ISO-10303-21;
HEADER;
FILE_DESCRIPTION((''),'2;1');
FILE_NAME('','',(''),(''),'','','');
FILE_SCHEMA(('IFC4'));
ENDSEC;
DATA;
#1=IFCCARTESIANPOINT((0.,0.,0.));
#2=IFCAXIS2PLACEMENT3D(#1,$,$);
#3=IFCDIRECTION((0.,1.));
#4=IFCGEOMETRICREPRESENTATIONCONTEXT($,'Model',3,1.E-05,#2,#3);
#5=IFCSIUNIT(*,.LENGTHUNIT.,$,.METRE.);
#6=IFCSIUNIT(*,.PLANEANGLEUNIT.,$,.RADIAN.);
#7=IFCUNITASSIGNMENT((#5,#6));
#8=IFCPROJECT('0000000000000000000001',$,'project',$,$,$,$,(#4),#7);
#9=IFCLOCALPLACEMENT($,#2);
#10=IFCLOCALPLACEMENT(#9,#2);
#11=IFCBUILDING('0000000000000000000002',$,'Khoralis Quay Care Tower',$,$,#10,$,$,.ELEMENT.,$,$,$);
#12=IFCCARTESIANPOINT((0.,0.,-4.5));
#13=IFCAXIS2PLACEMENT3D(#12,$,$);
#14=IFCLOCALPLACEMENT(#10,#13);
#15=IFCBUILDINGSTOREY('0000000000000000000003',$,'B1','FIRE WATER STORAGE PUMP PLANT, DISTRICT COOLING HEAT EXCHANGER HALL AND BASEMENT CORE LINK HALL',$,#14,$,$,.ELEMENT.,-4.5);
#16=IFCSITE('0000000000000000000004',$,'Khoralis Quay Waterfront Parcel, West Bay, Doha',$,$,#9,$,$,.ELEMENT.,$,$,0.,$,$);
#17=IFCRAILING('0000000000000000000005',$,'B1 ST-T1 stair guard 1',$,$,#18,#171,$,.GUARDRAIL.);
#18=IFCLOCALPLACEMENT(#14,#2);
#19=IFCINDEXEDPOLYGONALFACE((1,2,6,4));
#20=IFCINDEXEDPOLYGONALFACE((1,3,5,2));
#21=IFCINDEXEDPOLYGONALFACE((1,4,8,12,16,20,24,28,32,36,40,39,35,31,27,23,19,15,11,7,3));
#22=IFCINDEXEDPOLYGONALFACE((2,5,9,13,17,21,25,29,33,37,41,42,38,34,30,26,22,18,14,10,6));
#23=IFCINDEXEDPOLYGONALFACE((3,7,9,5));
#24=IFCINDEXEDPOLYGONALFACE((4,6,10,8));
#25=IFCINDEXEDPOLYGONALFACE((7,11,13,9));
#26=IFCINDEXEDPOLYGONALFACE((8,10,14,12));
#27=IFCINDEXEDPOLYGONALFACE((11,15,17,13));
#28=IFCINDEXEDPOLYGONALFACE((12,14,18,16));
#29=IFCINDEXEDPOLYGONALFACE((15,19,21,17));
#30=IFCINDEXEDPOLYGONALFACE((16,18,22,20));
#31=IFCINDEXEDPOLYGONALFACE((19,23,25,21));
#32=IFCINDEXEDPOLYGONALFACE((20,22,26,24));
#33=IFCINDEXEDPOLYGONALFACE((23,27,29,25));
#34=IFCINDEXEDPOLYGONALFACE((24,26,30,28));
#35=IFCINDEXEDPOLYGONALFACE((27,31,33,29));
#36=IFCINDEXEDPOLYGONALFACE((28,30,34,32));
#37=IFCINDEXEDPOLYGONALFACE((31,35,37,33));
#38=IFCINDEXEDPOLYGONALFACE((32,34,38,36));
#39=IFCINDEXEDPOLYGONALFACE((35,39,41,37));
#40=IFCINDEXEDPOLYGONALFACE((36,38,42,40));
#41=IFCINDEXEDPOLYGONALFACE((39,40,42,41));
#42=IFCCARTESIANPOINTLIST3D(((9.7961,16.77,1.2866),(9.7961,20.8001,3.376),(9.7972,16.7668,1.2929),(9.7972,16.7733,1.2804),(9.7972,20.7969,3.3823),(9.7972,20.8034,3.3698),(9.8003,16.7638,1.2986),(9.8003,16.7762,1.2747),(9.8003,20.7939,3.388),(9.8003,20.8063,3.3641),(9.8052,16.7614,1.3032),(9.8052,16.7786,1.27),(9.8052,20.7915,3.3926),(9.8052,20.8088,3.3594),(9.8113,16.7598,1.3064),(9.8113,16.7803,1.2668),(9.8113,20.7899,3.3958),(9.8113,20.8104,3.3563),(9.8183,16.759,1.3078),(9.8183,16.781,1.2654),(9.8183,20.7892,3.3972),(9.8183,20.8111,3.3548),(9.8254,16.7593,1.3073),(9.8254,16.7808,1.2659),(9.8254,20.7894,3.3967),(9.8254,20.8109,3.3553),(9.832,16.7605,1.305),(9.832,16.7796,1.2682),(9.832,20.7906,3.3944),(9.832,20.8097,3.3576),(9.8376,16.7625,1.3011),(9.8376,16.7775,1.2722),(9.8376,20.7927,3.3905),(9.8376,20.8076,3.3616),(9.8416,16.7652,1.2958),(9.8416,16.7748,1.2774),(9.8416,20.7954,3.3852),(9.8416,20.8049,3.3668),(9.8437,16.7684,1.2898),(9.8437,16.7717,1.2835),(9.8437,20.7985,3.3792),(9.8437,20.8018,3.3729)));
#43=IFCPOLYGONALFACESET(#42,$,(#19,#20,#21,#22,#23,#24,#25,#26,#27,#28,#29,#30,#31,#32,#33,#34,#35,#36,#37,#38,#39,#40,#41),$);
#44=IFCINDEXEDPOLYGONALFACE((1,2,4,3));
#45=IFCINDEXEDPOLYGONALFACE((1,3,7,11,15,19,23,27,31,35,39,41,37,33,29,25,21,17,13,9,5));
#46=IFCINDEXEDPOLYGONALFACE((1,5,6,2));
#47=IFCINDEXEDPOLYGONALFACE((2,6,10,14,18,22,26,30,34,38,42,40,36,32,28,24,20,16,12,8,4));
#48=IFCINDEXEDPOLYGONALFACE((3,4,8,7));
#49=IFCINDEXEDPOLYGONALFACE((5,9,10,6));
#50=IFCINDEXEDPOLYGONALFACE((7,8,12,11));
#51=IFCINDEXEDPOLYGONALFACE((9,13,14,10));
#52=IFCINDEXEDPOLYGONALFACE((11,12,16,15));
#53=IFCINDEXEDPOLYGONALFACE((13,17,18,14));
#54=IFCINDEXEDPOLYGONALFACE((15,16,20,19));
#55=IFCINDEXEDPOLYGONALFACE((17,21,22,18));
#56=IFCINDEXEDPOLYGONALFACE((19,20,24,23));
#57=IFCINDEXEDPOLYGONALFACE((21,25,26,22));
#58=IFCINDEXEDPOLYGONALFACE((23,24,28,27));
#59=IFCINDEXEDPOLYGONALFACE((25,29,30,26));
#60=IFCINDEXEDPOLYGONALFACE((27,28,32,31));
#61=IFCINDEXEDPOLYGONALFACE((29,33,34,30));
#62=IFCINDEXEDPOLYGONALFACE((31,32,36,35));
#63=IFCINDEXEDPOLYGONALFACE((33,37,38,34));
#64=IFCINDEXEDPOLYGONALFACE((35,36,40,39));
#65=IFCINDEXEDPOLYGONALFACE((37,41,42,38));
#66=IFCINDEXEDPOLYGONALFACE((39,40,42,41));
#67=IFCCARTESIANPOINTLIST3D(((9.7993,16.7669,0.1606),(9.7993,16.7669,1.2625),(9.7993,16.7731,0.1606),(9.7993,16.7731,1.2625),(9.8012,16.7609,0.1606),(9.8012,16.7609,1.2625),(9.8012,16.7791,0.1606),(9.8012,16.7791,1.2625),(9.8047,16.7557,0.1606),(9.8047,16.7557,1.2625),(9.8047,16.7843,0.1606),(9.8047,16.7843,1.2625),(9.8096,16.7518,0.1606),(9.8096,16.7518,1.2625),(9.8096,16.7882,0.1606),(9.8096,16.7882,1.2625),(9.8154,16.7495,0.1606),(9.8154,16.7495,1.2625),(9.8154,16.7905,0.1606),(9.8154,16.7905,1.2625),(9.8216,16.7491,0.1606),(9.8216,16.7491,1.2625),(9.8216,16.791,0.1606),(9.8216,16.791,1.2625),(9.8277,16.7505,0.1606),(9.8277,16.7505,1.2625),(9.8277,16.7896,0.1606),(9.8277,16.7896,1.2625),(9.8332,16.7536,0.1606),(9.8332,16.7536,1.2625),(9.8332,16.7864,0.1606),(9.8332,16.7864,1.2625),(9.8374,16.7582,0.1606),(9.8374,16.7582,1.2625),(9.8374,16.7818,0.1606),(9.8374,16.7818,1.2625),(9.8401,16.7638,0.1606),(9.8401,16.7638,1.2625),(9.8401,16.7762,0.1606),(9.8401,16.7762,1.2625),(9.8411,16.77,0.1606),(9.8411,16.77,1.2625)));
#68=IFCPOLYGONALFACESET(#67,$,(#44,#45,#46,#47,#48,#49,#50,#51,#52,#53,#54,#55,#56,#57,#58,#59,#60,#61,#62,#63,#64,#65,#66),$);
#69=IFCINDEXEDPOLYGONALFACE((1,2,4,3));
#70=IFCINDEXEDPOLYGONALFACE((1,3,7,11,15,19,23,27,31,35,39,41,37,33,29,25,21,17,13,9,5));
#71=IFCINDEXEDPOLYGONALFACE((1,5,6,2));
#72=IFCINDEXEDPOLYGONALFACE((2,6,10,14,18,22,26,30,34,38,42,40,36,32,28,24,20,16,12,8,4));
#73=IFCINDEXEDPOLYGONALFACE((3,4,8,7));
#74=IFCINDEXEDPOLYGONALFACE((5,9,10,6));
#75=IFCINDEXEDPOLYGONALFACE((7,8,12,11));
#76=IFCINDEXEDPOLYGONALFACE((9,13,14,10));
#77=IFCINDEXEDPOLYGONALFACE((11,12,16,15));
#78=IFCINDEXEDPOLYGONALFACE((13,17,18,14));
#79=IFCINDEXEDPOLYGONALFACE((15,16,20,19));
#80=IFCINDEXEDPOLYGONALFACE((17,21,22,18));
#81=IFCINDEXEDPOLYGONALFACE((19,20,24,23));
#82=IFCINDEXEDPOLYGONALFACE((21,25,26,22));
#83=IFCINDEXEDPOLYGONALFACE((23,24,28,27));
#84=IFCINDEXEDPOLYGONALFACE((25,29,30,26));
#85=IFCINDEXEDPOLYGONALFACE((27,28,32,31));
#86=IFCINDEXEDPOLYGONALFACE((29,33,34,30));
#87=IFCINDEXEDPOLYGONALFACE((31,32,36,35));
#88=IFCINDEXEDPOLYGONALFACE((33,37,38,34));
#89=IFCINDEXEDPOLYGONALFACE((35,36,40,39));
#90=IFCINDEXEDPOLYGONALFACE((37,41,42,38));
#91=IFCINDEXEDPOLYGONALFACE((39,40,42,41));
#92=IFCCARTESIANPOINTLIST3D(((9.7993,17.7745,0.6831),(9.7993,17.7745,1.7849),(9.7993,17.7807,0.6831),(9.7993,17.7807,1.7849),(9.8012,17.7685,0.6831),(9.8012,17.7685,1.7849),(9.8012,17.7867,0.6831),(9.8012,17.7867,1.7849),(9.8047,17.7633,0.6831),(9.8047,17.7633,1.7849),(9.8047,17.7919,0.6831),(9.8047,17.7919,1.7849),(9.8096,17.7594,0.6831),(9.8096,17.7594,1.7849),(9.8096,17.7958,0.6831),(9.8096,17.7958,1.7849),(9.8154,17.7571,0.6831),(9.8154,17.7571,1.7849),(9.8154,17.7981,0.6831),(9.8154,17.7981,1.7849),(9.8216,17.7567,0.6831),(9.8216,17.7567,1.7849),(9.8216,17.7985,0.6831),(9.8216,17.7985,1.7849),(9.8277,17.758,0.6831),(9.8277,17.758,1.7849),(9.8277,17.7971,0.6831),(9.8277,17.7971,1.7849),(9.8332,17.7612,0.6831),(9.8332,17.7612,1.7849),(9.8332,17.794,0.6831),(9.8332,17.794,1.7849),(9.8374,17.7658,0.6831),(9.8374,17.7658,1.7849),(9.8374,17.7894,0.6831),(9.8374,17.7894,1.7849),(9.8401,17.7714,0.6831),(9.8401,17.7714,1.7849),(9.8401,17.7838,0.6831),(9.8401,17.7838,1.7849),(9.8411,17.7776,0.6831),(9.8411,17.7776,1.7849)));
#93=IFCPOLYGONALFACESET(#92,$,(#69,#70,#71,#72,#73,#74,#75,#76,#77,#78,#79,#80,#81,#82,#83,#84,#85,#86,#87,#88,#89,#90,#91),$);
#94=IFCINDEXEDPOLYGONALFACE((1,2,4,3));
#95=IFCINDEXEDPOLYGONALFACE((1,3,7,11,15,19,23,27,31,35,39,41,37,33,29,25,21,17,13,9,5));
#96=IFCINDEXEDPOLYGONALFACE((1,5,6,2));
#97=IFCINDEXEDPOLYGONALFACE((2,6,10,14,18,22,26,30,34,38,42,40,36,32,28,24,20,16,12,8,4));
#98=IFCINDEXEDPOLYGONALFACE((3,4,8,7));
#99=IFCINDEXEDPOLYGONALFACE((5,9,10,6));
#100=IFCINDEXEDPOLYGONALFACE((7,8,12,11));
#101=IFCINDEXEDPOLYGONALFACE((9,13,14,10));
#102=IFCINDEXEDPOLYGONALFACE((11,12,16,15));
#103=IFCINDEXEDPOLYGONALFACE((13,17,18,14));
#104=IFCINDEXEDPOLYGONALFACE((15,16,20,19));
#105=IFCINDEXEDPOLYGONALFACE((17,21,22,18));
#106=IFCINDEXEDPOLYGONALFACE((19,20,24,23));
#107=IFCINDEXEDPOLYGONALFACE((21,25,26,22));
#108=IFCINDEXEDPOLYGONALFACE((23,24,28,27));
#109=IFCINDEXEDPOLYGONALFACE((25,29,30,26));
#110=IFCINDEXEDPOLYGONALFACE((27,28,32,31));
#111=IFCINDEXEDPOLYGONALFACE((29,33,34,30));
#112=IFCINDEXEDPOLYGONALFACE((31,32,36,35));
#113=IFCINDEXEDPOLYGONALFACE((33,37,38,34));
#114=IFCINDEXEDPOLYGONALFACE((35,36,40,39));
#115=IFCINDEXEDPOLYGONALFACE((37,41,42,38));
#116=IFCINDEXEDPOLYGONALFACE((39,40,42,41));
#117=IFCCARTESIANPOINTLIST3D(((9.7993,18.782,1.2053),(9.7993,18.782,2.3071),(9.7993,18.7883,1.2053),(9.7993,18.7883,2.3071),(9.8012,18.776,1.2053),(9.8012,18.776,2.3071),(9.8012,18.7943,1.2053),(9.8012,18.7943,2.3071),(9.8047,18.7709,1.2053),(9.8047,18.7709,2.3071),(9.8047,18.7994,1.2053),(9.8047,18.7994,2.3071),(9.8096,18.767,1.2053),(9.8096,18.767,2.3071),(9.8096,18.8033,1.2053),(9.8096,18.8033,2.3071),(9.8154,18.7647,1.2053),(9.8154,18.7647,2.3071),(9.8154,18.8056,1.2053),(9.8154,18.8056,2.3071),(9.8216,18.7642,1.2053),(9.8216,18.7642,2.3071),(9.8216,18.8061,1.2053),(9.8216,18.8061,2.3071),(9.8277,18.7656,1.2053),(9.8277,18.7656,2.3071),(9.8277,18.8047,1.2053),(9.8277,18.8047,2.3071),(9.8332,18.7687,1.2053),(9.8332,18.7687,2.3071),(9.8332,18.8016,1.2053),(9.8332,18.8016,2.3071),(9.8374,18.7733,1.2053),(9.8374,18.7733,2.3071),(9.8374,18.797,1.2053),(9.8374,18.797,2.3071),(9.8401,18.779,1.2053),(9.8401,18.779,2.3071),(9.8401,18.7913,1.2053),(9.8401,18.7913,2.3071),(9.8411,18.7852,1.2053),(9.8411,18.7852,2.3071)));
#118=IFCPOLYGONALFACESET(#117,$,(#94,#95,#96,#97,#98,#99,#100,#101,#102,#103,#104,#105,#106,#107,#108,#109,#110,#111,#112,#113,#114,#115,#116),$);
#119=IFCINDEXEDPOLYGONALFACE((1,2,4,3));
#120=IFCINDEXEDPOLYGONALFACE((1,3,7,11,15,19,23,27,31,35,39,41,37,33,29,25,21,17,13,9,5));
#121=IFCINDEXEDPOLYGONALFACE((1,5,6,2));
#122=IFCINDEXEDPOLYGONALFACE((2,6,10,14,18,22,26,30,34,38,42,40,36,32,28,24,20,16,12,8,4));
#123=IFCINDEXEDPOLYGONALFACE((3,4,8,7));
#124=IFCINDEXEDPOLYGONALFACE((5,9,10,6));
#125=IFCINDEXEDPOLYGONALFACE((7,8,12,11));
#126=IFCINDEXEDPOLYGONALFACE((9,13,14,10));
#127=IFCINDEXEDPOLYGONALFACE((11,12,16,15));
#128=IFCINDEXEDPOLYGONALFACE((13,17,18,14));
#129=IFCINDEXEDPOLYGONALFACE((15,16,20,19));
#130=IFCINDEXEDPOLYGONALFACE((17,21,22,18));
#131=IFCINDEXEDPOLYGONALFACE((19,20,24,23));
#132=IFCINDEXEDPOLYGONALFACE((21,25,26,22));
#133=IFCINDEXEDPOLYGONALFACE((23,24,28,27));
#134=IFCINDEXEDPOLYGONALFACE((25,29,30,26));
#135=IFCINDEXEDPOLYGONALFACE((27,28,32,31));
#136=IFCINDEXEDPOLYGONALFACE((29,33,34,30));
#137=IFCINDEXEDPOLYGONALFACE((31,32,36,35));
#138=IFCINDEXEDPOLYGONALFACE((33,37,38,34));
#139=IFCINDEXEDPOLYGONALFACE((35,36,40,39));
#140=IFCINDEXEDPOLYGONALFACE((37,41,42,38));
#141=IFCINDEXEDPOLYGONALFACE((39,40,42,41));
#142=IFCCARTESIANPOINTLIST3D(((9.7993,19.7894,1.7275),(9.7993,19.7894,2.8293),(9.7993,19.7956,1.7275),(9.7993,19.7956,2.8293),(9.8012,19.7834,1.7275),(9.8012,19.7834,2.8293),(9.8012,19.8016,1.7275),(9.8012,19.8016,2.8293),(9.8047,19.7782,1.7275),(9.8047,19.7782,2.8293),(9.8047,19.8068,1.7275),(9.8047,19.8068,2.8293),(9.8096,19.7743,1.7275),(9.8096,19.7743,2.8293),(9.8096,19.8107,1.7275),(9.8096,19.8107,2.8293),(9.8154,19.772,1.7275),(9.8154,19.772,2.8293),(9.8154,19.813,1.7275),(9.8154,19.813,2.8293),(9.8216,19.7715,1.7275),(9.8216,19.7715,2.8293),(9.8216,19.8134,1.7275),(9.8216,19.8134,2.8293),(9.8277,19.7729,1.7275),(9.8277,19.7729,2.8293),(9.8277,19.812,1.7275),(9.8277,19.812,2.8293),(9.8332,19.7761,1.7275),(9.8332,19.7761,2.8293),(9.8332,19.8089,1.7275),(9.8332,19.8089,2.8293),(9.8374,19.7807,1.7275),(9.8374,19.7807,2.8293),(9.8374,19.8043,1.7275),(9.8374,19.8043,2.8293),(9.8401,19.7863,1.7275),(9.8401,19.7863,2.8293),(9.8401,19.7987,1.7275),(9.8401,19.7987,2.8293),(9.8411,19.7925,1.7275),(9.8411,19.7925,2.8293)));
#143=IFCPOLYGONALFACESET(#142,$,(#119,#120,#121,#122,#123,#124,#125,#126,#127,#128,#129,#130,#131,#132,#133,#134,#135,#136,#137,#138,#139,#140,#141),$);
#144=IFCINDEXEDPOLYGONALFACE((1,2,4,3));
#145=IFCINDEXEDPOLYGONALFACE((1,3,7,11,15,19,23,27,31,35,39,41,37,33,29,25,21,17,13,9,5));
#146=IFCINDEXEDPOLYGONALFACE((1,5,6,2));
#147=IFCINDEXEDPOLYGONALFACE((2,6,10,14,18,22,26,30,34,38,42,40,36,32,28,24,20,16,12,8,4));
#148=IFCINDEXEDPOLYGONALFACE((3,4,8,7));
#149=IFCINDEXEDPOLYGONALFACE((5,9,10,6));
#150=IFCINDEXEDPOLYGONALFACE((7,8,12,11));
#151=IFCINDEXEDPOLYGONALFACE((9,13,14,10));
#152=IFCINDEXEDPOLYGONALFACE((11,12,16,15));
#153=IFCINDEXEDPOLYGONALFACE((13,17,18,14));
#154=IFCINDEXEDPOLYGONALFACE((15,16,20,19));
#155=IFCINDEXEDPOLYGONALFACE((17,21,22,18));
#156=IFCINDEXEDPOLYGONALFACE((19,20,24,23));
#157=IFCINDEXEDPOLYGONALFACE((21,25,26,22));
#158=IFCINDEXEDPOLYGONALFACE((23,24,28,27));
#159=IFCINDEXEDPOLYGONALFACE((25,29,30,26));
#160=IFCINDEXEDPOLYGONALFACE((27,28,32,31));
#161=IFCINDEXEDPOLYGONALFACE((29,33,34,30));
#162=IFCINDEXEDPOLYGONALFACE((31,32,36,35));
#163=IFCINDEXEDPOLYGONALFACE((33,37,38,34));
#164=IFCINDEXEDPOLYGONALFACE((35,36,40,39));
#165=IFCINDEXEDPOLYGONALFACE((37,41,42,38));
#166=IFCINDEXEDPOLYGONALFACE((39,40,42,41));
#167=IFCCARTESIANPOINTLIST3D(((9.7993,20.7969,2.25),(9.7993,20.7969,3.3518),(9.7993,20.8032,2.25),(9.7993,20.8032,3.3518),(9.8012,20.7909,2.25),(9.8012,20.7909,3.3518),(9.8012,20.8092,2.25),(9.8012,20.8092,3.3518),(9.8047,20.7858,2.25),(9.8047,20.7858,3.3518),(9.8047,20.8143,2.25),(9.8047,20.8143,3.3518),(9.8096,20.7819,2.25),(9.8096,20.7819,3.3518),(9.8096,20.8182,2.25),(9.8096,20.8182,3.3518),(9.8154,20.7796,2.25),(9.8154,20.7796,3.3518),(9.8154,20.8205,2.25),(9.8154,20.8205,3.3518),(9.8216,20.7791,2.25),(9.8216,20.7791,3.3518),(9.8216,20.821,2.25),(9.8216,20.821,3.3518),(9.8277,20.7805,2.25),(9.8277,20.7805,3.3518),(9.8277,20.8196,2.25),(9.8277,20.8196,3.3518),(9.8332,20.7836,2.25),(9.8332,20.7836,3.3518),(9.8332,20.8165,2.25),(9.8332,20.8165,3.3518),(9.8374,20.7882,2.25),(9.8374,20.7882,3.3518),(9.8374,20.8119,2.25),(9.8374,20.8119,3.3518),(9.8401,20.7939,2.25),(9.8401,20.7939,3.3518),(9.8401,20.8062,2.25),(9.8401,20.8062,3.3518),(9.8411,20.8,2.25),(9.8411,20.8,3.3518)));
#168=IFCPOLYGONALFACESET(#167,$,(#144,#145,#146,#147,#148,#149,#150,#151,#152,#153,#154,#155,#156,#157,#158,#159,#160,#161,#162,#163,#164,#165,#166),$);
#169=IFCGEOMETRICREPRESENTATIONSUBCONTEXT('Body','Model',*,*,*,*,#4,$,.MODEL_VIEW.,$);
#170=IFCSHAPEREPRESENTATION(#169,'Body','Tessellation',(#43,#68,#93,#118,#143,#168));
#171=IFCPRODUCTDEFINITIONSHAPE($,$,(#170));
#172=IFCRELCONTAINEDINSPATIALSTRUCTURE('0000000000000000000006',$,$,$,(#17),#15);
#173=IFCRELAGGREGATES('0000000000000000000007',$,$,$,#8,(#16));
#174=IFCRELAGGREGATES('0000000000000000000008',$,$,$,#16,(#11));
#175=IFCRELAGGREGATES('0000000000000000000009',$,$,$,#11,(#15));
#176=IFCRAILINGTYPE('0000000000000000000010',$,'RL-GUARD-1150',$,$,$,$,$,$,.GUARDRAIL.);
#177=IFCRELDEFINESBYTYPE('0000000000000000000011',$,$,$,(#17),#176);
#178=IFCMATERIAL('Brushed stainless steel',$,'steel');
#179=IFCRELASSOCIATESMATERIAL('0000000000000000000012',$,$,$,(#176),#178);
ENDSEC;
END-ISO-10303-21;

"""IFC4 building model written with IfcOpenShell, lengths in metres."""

from ifc_helpers import new_model, si_unit, direction, frame, origin, origin_2d, place, context, subcontext, project, spatial, circle, extrude, material, type_object, element, save


model = new_model("IFC4")

# Units and contexts
model_context = context("Model", 3, precision=1e-05, world=origin(), true_north=direction((0.0, 1.0)))
body_context = subcontext(model_context, "Body", "Model", "MODEL_VIEW")
ifc_project = project(units=[si_unit("LENGTHUNIT", "METRE"), si_unit("PLANEANGLEUNIT", "RADIAN")], contexts=[model_context])

# Site, building, storey
site_placement = place(None, origin())
site = spatial("IfcSite", under=ifc_project, at=site_placement, Name="Khoralis Quay Waterfront Parcel, West Bay, Doha", CompositionType="ELEMENT", RefElevation=0.0)
building_placement = place(site_placement, origin())
building = spatial("IfcBuilding", under=site, at=building_placement, Name="Khoralis Quay Care Tower", CompositionType="ELEMENT")
storey_placement = place(building_placement, frame((0.0, 0.0, -4.5)))
storey = spatial("IfcBuildingStorey", under=building, at=storey_placement, Name="B1", Description="FIRE WATER STORAGE PUMP PLANT, DISTRICT COOLING HEAT EXCHANGER HALL AND BASEMENT CORE LINK HALL", CompositionType="ELEMENT", Elevation=-4.5)

# Shared definitions
ifc_material_1 = material(Name="Brushed stainless steel", Category="steel")

# Railing
railing_type_1 = type_object("IfcRailingType", Name="RL-GUARD-1150", PredefinedType="GUARDRAIL", material=ifc_material_1)
railing_1_placement = place(storey_placement, frame((9.8201, 16.77, 0.1606)))
element("IfcRailing", 1, at=railing_1_placement, inside=storey, type_object=railing_type_1, Name="B1 ST-T1 stair guard 1", PredefinedType="GUARDRAIL", context=body_context, shape_type="SweptSolid", body=[
    extrude(circle(Radius=0.0239, at=origin_2d()), frame((0.0, 0.0, 1.126), z_axis=(0.0, 0.887781, 0.460267), x_axis=(-1.0, 0.0, 0.0)), (0.0, 0.0, 1.0), 4.5396),
    extrude(circle(Radius=0.021, at=origin_2d()), origin(), (0.0, 0.0, 1.0), 1.1018),
    extrude(circle(Radius=0.021, at=origin_2d()), frame((0.0, 1.0076, 0.5225)), (0.0, 0.0, 1.0), 1.1018),
    extrude(circle(Radius=0.021, at=origin_2d()), frame((0.0, 2.0151, 1.0447)), (0.0, 0.0, 1.0), 1.1018),
    extrude(circle(Radius=0.021, at=origin_2d()), frame((0.0, 3.0225, 1.5669)), (0.0, 0.0, 1.0), 1.1018),
    extrude(circle(Radius=0.021, at=origin_2d()), frame((0.0, 4.03, 2.0894)), (0.0, 0.0, 1.0), 1.1018),
])

save(model, "model.ifc")
